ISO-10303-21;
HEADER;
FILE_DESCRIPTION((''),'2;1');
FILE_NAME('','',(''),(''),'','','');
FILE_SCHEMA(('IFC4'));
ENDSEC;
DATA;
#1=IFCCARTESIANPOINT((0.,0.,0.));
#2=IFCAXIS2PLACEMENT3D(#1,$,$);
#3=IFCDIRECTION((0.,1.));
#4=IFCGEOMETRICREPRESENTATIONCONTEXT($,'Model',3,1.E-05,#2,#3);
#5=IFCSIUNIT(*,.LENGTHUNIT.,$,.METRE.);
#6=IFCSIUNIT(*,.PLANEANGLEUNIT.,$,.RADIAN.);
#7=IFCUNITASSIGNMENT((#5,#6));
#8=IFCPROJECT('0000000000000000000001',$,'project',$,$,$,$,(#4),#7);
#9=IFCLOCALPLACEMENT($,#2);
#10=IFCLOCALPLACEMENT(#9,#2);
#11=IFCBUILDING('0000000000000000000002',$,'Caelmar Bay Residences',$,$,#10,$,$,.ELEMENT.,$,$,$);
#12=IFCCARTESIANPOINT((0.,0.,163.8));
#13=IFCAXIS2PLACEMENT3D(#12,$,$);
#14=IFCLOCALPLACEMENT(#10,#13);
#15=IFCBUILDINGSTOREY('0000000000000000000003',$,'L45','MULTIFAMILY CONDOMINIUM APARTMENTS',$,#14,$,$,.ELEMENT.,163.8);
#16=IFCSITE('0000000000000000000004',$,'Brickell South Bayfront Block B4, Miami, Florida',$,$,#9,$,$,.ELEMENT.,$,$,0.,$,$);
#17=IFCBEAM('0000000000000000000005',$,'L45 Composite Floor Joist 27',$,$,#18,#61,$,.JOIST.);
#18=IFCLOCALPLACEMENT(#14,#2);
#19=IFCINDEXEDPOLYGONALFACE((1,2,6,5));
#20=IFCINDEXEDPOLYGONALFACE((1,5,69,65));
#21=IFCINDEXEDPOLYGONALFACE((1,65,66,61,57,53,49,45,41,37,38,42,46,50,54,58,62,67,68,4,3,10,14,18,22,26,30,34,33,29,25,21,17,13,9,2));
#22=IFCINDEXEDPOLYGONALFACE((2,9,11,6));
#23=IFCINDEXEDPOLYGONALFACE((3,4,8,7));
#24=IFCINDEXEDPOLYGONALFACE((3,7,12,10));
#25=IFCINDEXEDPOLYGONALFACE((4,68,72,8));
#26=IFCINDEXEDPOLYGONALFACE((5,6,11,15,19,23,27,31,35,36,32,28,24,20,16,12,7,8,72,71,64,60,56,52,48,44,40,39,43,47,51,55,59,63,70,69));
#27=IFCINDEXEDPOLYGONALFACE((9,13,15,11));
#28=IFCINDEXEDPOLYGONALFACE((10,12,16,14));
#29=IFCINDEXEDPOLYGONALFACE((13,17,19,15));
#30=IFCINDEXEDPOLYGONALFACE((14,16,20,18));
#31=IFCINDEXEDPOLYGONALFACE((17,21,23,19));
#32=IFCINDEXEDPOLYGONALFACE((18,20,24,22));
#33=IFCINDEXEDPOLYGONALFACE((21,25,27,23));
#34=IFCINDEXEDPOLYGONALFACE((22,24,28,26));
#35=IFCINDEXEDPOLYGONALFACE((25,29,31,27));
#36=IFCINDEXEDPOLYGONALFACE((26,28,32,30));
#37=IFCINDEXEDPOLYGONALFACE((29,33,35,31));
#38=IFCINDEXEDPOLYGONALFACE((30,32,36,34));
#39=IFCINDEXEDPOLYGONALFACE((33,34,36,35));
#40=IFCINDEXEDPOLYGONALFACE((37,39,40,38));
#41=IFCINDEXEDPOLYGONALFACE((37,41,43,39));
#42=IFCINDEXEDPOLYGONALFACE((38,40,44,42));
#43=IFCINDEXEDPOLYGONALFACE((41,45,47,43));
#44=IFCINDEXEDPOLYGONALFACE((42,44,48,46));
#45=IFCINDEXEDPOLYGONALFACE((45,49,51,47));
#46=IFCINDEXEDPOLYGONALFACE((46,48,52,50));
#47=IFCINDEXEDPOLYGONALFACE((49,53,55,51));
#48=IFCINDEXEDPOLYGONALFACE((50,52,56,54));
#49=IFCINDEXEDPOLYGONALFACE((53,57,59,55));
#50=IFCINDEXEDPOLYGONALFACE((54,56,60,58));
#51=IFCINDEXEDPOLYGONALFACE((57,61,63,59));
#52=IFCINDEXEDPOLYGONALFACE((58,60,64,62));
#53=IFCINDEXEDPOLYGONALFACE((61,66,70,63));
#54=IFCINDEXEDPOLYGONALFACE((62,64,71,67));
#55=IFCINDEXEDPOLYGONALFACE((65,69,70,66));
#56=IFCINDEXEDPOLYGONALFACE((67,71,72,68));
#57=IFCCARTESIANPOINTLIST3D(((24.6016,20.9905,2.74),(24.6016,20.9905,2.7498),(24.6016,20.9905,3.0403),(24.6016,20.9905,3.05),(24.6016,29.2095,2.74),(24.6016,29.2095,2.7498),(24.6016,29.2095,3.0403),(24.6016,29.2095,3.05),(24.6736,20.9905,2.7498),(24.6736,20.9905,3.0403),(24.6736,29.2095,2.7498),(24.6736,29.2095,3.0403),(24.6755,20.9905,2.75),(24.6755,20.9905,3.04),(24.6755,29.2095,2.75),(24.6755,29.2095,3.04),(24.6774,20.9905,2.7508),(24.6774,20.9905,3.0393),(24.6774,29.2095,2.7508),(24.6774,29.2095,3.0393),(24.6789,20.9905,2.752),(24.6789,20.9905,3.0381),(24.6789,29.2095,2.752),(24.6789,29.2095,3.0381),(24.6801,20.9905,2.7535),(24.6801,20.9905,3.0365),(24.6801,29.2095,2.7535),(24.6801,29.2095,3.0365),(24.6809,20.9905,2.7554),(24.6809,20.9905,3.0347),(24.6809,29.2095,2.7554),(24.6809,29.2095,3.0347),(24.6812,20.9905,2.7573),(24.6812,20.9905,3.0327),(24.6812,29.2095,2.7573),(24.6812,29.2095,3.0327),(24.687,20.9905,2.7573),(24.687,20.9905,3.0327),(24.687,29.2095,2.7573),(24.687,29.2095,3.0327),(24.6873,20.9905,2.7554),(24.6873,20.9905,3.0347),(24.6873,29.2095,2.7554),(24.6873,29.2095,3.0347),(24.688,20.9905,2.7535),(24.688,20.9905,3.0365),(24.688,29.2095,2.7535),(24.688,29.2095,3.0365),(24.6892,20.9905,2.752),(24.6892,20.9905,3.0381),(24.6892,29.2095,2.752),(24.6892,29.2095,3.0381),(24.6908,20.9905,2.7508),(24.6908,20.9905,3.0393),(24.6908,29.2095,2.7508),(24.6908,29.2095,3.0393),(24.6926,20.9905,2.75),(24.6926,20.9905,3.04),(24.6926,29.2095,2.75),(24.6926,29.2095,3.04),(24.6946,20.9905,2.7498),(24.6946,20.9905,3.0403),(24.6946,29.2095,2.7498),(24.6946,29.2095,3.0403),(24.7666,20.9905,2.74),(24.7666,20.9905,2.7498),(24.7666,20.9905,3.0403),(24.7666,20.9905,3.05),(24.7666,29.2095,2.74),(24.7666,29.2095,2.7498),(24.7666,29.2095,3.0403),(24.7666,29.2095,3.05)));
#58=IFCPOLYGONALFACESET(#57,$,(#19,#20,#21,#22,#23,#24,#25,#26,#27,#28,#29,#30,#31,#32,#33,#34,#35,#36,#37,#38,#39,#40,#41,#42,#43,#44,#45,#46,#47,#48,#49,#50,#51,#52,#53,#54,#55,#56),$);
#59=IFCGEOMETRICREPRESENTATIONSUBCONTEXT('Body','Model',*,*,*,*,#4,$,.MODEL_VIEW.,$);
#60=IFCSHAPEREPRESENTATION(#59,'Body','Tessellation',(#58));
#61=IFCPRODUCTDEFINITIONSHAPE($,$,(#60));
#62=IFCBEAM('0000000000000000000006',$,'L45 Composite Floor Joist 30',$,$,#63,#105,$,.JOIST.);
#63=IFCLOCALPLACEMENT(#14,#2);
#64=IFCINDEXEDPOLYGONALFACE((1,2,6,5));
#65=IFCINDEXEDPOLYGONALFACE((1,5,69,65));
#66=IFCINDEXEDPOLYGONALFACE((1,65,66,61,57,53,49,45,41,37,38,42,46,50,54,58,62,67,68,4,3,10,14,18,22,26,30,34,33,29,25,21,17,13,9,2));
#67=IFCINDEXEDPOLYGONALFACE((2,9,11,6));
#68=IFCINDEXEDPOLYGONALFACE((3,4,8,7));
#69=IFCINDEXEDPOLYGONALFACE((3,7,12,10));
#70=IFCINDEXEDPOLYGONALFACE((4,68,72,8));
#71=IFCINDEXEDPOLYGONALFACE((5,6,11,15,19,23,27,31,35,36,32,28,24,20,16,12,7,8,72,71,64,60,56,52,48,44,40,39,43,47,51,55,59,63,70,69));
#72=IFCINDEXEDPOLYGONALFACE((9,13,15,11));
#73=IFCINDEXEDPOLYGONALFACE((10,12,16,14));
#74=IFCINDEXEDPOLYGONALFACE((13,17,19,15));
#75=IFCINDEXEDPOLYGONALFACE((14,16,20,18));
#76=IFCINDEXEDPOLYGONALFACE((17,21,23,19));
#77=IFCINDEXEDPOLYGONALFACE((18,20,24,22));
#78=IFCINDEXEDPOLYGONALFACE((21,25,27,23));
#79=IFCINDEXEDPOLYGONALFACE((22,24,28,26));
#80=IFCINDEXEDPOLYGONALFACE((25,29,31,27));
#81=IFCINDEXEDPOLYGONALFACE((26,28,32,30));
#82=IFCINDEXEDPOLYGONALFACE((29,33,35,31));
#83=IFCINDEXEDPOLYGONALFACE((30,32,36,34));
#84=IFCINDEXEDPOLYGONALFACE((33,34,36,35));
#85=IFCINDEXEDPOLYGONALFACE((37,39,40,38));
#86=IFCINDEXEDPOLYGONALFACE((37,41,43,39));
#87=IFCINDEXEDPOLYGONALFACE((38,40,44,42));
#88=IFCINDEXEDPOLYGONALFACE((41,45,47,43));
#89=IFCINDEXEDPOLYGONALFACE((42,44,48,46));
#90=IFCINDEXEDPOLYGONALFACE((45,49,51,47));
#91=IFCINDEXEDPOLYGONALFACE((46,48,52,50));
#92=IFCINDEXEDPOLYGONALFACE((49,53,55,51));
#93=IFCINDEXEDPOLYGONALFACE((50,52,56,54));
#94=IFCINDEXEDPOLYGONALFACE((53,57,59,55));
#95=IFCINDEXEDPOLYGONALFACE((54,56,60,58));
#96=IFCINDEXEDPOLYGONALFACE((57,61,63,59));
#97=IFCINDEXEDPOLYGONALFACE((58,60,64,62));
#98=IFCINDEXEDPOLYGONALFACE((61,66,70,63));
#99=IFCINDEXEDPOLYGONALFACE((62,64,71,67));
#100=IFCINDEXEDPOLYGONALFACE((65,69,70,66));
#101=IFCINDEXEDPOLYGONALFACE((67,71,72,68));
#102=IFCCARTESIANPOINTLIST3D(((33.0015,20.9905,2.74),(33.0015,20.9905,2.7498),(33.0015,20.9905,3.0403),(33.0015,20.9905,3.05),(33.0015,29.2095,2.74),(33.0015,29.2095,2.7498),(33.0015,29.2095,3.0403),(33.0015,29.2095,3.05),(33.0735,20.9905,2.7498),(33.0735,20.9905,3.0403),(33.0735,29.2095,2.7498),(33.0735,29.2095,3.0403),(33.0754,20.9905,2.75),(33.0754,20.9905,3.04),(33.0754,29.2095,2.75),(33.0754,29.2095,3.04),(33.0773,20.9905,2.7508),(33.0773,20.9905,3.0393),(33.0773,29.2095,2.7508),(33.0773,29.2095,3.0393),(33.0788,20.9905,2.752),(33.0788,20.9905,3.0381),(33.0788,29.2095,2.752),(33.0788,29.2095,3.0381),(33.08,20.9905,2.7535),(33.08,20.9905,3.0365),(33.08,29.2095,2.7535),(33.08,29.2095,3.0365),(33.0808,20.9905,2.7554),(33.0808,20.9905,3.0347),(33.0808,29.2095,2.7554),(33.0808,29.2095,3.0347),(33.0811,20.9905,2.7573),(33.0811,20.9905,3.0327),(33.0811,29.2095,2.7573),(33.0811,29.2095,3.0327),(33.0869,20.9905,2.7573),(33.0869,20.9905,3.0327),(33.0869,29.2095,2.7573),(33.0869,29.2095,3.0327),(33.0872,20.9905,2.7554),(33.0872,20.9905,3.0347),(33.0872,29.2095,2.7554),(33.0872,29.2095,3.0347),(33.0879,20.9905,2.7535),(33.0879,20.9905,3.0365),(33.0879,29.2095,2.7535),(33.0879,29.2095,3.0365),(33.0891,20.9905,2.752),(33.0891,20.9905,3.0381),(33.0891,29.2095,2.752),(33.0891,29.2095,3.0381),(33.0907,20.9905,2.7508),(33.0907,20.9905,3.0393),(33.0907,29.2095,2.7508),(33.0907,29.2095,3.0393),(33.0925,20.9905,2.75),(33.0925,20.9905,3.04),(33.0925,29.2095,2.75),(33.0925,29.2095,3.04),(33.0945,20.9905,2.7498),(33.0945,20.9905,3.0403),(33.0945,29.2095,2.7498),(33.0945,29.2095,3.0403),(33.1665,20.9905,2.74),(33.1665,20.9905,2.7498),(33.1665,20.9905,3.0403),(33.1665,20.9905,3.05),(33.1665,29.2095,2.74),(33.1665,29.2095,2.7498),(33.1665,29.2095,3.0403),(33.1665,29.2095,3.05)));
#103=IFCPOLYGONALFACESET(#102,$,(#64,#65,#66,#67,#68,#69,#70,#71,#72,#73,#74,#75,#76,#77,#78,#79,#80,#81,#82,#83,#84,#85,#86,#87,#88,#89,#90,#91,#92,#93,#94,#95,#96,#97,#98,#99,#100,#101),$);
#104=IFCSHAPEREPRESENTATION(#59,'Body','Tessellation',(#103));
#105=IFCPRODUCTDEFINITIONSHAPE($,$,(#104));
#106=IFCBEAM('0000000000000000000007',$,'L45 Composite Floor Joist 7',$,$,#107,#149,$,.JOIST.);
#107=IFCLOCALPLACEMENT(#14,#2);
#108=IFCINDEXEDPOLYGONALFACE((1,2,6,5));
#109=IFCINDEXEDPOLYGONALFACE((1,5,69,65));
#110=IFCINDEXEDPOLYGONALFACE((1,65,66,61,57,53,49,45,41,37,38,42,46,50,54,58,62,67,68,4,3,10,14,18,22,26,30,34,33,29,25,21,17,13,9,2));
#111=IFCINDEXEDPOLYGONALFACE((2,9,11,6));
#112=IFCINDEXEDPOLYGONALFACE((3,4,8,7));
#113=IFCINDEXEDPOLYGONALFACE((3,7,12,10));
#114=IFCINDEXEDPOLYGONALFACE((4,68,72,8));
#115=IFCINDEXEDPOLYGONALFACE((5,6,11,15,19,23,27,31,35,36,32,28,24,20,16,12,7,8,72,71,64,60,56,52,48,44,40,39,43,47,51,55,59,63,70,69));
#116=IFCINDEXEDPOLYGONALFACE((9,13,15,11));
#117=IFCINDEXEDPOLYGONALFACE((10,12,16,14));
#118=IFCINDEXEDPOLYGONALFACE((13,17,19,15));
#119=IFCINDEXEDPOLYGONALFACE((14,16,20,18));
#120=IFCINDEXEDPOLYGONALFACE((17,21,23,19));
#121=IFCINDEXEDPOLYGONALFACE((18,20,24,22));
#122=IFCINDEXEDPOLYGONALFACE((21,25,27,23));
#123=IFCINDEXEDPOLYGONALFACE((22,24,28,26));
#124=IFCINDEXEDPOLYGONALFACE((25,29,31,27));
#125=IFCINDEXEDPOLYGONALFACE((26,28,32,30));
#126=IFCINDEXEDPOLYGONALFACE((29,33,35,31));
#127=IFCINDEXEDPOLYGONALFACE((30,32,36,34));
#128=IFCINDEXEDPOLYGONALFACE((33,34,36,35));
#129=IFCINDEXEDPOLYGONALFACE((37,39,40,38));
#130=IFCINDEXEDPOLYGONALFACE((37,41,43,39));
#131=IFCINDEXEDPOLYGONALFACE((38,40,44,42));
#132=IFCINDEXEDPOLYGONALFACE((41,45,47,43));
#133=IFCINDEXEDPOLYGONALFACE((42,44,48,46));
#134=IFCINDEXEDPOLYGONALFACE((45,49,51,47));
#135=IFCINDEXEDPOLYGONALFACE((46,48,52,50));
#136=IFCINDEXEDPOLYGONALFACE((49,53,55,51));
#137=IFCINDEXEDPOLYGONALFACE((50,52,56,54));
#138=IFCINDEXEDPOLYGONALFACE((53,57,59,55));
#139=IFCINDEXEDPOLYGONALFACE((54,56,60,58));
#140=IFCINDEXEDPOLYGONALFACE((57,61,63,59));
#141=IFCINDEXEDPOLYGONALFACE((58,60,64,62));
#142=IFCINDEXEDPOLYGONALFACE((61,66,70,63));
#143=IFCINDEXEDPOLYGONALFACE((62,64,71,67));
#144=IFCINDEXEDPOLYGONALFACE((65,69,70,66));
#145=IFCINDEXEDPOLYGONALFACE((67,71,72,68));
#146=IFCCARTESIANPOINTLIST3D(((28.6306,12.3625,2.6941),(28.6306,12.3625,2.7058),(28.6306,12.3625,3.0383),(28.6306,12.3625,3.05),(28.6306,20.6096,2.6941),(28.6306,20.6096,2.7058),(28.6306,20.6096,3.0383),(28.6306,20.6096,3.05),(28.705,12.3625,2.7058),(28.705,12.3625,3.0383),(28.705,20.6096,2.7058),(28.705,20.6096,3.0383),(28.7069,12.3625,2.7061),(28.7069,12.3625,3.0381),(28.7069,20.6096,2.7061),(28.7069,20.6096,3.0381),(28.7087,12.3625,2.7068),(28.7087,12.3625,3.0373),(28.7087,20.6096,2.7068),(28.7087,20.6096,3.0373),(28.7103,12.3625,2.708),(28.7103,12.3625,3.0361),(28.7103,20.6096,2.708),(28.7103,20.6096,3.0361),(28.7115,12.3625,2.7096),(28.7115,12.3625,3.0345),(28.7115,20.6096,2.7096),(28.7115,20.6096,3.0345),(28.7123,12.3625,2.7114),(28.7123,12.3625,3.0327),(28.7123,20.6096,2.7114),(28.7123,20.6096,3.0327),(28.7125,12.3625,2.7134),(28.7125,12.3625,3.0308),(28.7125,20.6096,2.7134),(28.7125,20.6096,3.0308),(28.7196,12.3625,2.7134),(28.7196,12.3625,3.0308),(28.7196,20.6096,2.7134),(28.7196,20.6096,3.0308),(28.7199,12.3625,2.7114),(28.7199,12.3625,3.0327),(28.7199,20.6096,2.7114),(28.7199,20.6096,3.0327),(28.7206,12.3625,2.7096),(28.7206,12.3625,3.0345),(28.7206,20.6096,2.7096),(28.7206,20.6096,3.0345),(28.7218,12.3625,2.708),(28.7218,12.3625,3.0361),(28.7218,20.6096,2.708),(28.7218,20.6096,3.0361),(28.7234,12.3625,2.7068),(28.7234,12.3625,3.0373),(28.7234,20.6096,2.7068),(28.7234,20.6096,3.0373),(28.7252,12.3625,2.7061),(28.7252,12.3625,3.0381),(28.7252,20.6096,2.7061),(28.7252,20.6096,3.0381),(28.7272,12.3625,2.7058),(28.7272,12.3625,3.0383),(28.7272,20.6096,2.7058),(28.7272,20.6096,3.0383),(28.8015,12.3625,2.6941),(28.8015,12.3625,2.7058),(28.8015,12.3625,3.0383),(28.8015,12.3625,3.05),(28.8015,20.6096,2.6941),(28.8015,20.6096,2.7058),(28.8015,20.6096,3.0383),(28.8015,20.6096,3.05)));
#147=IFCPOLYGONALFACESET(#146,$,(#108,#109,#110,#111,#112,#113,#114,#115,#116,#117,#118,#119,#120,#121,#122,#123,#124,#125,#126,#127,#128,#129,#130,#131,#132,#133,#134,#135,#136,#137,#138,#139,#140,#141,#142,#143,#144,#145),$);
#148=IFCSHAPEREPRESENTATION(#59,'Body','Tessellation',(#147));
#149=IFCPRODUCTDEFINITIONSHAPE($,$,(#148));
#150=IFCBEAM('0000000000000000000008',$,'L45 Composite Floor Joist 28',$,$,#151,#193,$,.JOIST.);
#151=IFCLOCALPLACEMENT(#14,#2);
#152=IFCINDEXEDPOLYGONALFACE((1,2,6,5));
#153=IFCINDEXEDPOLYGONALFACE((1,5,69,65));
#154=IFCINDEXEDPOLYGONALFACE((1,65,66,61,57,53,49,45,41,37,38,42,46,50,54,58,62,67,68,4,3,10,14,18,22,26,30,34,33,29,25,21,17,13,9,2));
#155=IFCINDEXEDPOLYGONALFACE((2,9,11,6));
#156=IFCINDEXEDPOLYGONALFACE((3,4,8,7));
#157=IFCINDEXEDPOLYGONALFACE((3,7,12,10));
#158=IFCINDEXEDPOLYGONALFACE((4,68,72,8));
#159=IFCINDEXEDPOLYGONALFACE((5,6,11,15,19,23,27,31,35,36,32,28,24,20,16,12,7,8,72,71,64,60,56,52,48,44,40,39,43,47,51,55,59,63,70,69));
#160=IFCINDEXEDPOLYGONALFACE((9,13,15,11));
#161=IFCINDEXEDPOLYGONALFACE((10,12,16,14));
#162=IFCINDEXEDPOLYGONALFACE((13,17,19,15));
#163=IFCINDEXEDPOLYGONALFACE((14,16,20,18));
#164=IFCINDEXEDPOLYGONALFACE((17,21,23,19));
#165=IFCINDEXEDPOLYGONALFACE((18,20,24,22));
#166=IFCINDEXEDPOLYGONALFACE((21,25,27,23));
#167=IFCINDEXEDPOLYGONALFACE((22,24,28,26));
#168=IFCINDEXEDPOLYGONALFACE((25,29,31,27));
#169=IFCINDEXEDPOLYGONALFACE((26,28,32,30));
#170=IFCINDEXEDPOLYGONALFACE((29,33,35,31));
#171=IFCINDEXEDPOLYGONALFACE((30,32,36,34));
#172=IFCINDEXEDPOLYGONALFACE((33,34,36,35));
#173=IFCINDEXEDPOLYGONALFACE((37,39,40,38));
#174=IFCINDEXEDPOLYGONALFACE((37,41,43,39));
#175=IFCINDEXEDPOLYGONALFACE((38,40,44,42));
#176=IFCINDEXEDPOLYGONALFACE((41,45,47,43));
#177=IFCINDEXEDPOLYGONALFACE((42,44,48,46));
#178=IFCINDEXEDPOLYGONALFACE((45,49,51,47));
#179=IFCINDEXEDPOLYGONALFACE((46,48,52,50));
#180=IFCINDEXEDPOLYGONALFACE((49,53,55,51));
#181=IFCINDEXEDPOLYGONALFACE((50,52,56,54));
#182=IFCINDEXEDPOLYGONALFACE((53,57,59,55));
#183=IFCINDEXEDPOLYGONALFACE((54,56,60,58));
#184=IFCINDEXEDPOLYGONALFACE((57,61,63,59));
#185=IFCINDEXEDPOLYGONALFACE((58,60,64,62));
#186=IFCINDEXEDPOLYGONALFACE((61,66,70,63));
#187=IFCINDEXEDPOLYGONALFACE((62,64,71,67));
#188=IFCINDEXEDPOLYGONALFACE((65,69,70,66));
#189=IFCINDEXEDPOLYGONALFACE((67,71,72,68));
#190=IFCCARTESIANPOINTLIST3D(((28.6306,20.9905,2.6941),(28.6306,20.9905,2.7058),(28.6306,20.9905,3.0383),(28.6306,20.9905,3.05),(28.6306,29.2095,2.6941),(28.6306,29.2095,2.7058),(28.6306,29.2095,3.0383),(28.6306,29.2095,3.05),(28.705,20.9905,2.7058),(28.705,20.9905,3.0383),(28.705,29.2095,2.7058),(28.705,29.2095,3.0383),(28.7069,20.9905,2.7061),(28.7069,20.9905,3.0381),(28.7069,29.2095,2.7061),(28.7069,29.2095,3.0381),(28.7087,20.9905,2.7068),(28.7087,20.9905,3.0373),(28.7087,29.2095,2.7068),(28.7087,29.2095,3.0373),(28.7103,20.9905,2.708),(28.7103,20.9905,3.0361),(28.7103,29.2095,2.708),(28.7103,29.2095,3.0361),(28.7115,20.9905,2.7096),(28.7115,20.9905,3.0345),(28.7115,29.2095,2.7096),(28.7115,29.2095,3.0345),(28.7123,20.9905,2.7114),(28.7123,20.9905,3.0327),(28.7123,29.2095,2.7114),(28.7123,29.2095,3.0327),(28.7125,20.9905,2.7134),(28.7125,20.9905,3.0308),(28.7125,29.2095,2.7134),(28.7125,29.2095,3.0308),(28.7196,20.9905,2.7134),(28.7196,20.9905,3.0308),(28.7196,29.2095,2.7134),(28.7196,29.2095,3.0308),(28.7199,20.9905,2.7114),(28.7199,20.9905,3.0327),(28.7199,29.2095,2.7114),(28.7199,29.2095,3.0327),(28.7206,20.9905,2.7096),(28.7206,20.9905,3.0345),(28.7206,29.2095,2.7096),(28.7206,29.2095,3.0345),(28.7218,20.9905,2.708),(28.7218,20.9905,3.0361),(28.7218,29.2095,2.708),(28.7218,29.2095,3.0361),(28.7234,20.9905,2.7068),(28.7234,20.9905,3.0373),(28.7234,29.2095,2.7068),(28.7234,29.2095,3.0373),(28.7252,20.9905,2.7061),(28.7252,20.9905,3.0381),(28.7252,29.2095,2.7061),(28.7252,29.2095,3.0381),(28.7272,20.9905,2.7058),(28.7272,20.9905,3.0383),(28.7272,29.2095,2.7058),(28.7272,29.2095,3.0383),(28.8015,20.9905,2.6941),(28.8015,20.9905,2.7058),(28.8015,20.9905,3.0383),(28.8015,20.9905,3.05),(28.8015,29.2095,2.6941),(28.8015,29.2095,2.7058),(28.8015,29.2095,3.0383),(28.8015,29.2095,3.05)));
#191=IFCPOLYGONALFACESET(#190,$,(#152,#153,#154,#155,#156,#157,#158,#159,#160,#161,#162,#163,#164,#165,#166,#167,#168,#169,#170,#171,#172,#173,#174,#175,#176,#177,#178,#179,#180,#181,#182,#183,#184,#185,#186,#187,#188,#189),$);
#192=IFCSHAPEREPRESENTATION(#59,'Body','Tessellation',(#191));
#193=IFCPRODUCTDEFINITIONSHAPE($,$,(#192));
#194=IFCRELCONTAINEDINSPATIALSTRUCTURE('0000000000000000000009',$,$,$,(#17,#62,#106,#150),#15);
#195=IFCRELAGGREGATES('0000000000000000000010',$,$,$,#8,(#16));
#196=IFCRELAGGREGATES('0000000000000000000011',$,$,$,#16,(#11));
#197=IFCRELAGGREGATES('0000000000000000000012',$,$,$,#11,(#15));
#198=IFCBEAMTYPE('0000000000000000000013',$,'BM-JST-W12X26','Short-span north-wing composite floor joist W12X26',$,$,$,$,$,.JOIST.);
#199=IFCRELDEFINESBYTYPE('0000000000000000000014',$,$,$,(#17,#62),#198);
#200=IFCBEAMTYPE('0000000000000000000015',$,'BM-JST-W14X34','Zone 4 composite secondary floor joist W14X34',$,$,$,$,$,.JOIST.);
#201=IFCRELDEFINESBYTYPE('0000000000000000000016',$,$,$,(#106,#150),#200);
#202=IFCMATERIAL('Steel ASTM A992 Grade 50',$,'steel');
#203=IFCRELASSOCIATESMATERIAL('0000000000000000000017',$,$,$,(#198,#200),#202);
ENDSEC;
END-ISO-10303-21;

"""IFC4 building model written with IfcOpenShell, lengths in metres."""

from ifc_helpers import new_model, si_unit, direction, frame, origin, origin_2d, place, context, subcontext, project, spatial, i_section, extrude, material, material_profile, profile_set, type_object, element, save


model = new_model("IFC4")

# Units and contexts
model_context = context("Model", 3, precision=1e-05, world=origin(), true_north=direction((0.0, 1.0)))
body_context = subcontext(model_context, "Body", "Model", "MODEL_VIEW")
ifc_project = project(units=[si_unit("LENGTHUNIT", "METRE"), si_unit("PLANEANGLEUNIT", "RADIAN")], contexts=[model_context])

# Site, building, storey
site_placement = place(None, origin())
site = spatial("IfcSite", under=ifc_project, at=site_placement, Name="Brickell South Bayfront Block B4, Miami, Florida", CompositionType="ELEMENT", RefElevation=0.0)
building_placement = place(site_placement, origin())
building = spatial("IfcBuilding", under=site, at=building_placement, Name="Caelmar Bay Residences", CompositionType="ELEMENT")
storey_placement = place(building_placement, frame((0.0, 0.0, 163.8)))
storey = spatial("IfcBuildingStorey", under=building, at=storey_placement, Name="L45", Description="MULTIFAMILY CONDOMINIUM APARTMENTS", CompositionType="ELEMENT", Elevation=163.8)

# Beams
ifc_material_1 = material(Name="Steel ASTM A992 Grade 50", Category="steel")
ifc_material_profile_1 = material_profile(ifc_material_1, i_section(OverallWidth=0.165, OverallDepth=0.3101, WebThickness=0.0059, FlangeThickness=0.0098, FilletRadius=0.0076, at=origin_2d()), Name="W12X26")
ifc_profile_set_1 = profile_set([ifc_material_profile_1], Name="Steel ASTM A992 Grade 50")
beam_type_1 = type_object("IfcBeamType", Name="BM-JST-W12X26", Description="Short-span north-wing composite floor joist W12X26", PredefinedType="JOIST", material=ifc_profile_set_1)
for number, where, z_axis, x_axis, name in (
    (1, (24.6841, 20.9905, 2.895), (0.0, 1.0, 0.0), (-1.0, 0.0, 0.0), "L45 Composite Floor Joist 27"),
    (2, (33.084, 20.9905, 2.895), (0.0, 1.0, 0.0), (-1.0, 0.0, 0.0), "L45 Composite Floor Joist 30"),
):
    element("IfcBeam", number, at=place(storey_placement, frame(where, z_axis=z_axis, x_axis=x_axis)), inside=storey, type_object=beam_type_1, Name=name, PredefinedType="JOIST", context=body_context, shape_type="SweptSolid", body=[
        extrude(i_section(OverallWidth=0.165, OverallDepth=0.3101, WebThickness=0.0059, FlangeThickness=0.0098, FilletRadius=0.0076, at=origin_2d()), origin(), (0.0, 0.0, 1.0), 8.219),
    ])
ifc_material_profile_2 = material_profile(ifc_material_1, i_section(OverallWidth=0.1709, OverallDepth=0.356, WebThickness=0.0071, FlangeThickness=0.0117, FilletRadius=0.0076, at=origin_2d()), Name="W14X34")
ifc_profile_set_2 = profile_set([ifc_material_profile_2], Name="Steel ASTM A992 Grade 50")
beam_type_2 = type_object("IfcBeamType", Name="BM-JST-W14X34", Description="Zone 4 composite secondary floor joist W14X34", PredefinedType="JOIST", material=ifc_profile_set_2)
beam_1_placement = place(storey_placement, frame((28.7161, 12.3625, 2.8721), z_axis=(0.0, 1.0, 0.0), x_axis=(-1.0, 0.0, 0.0)))
element("IfcBeam", 3, at=beam_1_placement, inside=storey, type_object=beam_type_2, Name="L45 Composite Floor Joist 7", PredefinedType="JOIST", context=body_context, shape_type="SweptSolid", body=[
    extrude(i_section(OverallWidth=0.1709, OverallDepth=0.356, WebThickness=0.0071, FlangeThickness=0.0117, FilletRadius=0.0076, at=origin_2d()), origin(), (0.0, 0.0, 1.0), 8.2471),
])
beam_2_placement = place(storey_placement, frame((28.7161, 20.9905, 2.8721), z_axis=(0.0, 1.0, 0.0), x_axis=(-1.0, 0.0, 0.0)))
element("IfcBeam", 4, at=beam_2_placement, inside=storey, type_object=beam_type_2, Name="L45 Composite Floor Joist 28", PredefinedType="JOIST", context=body_context, shape_type="SweptSolid", body=[
    extrude(i_section(OverallWidth=0.1709, OverallDepth=0.356, WebThickness=0.0071, FlangeThickness=0.0117, FilletRadius=0.0076, at=origin_2d()), origin(), (0.0, 0.0, 1.0), 8.219),
])

save(model, "model.ifc")
